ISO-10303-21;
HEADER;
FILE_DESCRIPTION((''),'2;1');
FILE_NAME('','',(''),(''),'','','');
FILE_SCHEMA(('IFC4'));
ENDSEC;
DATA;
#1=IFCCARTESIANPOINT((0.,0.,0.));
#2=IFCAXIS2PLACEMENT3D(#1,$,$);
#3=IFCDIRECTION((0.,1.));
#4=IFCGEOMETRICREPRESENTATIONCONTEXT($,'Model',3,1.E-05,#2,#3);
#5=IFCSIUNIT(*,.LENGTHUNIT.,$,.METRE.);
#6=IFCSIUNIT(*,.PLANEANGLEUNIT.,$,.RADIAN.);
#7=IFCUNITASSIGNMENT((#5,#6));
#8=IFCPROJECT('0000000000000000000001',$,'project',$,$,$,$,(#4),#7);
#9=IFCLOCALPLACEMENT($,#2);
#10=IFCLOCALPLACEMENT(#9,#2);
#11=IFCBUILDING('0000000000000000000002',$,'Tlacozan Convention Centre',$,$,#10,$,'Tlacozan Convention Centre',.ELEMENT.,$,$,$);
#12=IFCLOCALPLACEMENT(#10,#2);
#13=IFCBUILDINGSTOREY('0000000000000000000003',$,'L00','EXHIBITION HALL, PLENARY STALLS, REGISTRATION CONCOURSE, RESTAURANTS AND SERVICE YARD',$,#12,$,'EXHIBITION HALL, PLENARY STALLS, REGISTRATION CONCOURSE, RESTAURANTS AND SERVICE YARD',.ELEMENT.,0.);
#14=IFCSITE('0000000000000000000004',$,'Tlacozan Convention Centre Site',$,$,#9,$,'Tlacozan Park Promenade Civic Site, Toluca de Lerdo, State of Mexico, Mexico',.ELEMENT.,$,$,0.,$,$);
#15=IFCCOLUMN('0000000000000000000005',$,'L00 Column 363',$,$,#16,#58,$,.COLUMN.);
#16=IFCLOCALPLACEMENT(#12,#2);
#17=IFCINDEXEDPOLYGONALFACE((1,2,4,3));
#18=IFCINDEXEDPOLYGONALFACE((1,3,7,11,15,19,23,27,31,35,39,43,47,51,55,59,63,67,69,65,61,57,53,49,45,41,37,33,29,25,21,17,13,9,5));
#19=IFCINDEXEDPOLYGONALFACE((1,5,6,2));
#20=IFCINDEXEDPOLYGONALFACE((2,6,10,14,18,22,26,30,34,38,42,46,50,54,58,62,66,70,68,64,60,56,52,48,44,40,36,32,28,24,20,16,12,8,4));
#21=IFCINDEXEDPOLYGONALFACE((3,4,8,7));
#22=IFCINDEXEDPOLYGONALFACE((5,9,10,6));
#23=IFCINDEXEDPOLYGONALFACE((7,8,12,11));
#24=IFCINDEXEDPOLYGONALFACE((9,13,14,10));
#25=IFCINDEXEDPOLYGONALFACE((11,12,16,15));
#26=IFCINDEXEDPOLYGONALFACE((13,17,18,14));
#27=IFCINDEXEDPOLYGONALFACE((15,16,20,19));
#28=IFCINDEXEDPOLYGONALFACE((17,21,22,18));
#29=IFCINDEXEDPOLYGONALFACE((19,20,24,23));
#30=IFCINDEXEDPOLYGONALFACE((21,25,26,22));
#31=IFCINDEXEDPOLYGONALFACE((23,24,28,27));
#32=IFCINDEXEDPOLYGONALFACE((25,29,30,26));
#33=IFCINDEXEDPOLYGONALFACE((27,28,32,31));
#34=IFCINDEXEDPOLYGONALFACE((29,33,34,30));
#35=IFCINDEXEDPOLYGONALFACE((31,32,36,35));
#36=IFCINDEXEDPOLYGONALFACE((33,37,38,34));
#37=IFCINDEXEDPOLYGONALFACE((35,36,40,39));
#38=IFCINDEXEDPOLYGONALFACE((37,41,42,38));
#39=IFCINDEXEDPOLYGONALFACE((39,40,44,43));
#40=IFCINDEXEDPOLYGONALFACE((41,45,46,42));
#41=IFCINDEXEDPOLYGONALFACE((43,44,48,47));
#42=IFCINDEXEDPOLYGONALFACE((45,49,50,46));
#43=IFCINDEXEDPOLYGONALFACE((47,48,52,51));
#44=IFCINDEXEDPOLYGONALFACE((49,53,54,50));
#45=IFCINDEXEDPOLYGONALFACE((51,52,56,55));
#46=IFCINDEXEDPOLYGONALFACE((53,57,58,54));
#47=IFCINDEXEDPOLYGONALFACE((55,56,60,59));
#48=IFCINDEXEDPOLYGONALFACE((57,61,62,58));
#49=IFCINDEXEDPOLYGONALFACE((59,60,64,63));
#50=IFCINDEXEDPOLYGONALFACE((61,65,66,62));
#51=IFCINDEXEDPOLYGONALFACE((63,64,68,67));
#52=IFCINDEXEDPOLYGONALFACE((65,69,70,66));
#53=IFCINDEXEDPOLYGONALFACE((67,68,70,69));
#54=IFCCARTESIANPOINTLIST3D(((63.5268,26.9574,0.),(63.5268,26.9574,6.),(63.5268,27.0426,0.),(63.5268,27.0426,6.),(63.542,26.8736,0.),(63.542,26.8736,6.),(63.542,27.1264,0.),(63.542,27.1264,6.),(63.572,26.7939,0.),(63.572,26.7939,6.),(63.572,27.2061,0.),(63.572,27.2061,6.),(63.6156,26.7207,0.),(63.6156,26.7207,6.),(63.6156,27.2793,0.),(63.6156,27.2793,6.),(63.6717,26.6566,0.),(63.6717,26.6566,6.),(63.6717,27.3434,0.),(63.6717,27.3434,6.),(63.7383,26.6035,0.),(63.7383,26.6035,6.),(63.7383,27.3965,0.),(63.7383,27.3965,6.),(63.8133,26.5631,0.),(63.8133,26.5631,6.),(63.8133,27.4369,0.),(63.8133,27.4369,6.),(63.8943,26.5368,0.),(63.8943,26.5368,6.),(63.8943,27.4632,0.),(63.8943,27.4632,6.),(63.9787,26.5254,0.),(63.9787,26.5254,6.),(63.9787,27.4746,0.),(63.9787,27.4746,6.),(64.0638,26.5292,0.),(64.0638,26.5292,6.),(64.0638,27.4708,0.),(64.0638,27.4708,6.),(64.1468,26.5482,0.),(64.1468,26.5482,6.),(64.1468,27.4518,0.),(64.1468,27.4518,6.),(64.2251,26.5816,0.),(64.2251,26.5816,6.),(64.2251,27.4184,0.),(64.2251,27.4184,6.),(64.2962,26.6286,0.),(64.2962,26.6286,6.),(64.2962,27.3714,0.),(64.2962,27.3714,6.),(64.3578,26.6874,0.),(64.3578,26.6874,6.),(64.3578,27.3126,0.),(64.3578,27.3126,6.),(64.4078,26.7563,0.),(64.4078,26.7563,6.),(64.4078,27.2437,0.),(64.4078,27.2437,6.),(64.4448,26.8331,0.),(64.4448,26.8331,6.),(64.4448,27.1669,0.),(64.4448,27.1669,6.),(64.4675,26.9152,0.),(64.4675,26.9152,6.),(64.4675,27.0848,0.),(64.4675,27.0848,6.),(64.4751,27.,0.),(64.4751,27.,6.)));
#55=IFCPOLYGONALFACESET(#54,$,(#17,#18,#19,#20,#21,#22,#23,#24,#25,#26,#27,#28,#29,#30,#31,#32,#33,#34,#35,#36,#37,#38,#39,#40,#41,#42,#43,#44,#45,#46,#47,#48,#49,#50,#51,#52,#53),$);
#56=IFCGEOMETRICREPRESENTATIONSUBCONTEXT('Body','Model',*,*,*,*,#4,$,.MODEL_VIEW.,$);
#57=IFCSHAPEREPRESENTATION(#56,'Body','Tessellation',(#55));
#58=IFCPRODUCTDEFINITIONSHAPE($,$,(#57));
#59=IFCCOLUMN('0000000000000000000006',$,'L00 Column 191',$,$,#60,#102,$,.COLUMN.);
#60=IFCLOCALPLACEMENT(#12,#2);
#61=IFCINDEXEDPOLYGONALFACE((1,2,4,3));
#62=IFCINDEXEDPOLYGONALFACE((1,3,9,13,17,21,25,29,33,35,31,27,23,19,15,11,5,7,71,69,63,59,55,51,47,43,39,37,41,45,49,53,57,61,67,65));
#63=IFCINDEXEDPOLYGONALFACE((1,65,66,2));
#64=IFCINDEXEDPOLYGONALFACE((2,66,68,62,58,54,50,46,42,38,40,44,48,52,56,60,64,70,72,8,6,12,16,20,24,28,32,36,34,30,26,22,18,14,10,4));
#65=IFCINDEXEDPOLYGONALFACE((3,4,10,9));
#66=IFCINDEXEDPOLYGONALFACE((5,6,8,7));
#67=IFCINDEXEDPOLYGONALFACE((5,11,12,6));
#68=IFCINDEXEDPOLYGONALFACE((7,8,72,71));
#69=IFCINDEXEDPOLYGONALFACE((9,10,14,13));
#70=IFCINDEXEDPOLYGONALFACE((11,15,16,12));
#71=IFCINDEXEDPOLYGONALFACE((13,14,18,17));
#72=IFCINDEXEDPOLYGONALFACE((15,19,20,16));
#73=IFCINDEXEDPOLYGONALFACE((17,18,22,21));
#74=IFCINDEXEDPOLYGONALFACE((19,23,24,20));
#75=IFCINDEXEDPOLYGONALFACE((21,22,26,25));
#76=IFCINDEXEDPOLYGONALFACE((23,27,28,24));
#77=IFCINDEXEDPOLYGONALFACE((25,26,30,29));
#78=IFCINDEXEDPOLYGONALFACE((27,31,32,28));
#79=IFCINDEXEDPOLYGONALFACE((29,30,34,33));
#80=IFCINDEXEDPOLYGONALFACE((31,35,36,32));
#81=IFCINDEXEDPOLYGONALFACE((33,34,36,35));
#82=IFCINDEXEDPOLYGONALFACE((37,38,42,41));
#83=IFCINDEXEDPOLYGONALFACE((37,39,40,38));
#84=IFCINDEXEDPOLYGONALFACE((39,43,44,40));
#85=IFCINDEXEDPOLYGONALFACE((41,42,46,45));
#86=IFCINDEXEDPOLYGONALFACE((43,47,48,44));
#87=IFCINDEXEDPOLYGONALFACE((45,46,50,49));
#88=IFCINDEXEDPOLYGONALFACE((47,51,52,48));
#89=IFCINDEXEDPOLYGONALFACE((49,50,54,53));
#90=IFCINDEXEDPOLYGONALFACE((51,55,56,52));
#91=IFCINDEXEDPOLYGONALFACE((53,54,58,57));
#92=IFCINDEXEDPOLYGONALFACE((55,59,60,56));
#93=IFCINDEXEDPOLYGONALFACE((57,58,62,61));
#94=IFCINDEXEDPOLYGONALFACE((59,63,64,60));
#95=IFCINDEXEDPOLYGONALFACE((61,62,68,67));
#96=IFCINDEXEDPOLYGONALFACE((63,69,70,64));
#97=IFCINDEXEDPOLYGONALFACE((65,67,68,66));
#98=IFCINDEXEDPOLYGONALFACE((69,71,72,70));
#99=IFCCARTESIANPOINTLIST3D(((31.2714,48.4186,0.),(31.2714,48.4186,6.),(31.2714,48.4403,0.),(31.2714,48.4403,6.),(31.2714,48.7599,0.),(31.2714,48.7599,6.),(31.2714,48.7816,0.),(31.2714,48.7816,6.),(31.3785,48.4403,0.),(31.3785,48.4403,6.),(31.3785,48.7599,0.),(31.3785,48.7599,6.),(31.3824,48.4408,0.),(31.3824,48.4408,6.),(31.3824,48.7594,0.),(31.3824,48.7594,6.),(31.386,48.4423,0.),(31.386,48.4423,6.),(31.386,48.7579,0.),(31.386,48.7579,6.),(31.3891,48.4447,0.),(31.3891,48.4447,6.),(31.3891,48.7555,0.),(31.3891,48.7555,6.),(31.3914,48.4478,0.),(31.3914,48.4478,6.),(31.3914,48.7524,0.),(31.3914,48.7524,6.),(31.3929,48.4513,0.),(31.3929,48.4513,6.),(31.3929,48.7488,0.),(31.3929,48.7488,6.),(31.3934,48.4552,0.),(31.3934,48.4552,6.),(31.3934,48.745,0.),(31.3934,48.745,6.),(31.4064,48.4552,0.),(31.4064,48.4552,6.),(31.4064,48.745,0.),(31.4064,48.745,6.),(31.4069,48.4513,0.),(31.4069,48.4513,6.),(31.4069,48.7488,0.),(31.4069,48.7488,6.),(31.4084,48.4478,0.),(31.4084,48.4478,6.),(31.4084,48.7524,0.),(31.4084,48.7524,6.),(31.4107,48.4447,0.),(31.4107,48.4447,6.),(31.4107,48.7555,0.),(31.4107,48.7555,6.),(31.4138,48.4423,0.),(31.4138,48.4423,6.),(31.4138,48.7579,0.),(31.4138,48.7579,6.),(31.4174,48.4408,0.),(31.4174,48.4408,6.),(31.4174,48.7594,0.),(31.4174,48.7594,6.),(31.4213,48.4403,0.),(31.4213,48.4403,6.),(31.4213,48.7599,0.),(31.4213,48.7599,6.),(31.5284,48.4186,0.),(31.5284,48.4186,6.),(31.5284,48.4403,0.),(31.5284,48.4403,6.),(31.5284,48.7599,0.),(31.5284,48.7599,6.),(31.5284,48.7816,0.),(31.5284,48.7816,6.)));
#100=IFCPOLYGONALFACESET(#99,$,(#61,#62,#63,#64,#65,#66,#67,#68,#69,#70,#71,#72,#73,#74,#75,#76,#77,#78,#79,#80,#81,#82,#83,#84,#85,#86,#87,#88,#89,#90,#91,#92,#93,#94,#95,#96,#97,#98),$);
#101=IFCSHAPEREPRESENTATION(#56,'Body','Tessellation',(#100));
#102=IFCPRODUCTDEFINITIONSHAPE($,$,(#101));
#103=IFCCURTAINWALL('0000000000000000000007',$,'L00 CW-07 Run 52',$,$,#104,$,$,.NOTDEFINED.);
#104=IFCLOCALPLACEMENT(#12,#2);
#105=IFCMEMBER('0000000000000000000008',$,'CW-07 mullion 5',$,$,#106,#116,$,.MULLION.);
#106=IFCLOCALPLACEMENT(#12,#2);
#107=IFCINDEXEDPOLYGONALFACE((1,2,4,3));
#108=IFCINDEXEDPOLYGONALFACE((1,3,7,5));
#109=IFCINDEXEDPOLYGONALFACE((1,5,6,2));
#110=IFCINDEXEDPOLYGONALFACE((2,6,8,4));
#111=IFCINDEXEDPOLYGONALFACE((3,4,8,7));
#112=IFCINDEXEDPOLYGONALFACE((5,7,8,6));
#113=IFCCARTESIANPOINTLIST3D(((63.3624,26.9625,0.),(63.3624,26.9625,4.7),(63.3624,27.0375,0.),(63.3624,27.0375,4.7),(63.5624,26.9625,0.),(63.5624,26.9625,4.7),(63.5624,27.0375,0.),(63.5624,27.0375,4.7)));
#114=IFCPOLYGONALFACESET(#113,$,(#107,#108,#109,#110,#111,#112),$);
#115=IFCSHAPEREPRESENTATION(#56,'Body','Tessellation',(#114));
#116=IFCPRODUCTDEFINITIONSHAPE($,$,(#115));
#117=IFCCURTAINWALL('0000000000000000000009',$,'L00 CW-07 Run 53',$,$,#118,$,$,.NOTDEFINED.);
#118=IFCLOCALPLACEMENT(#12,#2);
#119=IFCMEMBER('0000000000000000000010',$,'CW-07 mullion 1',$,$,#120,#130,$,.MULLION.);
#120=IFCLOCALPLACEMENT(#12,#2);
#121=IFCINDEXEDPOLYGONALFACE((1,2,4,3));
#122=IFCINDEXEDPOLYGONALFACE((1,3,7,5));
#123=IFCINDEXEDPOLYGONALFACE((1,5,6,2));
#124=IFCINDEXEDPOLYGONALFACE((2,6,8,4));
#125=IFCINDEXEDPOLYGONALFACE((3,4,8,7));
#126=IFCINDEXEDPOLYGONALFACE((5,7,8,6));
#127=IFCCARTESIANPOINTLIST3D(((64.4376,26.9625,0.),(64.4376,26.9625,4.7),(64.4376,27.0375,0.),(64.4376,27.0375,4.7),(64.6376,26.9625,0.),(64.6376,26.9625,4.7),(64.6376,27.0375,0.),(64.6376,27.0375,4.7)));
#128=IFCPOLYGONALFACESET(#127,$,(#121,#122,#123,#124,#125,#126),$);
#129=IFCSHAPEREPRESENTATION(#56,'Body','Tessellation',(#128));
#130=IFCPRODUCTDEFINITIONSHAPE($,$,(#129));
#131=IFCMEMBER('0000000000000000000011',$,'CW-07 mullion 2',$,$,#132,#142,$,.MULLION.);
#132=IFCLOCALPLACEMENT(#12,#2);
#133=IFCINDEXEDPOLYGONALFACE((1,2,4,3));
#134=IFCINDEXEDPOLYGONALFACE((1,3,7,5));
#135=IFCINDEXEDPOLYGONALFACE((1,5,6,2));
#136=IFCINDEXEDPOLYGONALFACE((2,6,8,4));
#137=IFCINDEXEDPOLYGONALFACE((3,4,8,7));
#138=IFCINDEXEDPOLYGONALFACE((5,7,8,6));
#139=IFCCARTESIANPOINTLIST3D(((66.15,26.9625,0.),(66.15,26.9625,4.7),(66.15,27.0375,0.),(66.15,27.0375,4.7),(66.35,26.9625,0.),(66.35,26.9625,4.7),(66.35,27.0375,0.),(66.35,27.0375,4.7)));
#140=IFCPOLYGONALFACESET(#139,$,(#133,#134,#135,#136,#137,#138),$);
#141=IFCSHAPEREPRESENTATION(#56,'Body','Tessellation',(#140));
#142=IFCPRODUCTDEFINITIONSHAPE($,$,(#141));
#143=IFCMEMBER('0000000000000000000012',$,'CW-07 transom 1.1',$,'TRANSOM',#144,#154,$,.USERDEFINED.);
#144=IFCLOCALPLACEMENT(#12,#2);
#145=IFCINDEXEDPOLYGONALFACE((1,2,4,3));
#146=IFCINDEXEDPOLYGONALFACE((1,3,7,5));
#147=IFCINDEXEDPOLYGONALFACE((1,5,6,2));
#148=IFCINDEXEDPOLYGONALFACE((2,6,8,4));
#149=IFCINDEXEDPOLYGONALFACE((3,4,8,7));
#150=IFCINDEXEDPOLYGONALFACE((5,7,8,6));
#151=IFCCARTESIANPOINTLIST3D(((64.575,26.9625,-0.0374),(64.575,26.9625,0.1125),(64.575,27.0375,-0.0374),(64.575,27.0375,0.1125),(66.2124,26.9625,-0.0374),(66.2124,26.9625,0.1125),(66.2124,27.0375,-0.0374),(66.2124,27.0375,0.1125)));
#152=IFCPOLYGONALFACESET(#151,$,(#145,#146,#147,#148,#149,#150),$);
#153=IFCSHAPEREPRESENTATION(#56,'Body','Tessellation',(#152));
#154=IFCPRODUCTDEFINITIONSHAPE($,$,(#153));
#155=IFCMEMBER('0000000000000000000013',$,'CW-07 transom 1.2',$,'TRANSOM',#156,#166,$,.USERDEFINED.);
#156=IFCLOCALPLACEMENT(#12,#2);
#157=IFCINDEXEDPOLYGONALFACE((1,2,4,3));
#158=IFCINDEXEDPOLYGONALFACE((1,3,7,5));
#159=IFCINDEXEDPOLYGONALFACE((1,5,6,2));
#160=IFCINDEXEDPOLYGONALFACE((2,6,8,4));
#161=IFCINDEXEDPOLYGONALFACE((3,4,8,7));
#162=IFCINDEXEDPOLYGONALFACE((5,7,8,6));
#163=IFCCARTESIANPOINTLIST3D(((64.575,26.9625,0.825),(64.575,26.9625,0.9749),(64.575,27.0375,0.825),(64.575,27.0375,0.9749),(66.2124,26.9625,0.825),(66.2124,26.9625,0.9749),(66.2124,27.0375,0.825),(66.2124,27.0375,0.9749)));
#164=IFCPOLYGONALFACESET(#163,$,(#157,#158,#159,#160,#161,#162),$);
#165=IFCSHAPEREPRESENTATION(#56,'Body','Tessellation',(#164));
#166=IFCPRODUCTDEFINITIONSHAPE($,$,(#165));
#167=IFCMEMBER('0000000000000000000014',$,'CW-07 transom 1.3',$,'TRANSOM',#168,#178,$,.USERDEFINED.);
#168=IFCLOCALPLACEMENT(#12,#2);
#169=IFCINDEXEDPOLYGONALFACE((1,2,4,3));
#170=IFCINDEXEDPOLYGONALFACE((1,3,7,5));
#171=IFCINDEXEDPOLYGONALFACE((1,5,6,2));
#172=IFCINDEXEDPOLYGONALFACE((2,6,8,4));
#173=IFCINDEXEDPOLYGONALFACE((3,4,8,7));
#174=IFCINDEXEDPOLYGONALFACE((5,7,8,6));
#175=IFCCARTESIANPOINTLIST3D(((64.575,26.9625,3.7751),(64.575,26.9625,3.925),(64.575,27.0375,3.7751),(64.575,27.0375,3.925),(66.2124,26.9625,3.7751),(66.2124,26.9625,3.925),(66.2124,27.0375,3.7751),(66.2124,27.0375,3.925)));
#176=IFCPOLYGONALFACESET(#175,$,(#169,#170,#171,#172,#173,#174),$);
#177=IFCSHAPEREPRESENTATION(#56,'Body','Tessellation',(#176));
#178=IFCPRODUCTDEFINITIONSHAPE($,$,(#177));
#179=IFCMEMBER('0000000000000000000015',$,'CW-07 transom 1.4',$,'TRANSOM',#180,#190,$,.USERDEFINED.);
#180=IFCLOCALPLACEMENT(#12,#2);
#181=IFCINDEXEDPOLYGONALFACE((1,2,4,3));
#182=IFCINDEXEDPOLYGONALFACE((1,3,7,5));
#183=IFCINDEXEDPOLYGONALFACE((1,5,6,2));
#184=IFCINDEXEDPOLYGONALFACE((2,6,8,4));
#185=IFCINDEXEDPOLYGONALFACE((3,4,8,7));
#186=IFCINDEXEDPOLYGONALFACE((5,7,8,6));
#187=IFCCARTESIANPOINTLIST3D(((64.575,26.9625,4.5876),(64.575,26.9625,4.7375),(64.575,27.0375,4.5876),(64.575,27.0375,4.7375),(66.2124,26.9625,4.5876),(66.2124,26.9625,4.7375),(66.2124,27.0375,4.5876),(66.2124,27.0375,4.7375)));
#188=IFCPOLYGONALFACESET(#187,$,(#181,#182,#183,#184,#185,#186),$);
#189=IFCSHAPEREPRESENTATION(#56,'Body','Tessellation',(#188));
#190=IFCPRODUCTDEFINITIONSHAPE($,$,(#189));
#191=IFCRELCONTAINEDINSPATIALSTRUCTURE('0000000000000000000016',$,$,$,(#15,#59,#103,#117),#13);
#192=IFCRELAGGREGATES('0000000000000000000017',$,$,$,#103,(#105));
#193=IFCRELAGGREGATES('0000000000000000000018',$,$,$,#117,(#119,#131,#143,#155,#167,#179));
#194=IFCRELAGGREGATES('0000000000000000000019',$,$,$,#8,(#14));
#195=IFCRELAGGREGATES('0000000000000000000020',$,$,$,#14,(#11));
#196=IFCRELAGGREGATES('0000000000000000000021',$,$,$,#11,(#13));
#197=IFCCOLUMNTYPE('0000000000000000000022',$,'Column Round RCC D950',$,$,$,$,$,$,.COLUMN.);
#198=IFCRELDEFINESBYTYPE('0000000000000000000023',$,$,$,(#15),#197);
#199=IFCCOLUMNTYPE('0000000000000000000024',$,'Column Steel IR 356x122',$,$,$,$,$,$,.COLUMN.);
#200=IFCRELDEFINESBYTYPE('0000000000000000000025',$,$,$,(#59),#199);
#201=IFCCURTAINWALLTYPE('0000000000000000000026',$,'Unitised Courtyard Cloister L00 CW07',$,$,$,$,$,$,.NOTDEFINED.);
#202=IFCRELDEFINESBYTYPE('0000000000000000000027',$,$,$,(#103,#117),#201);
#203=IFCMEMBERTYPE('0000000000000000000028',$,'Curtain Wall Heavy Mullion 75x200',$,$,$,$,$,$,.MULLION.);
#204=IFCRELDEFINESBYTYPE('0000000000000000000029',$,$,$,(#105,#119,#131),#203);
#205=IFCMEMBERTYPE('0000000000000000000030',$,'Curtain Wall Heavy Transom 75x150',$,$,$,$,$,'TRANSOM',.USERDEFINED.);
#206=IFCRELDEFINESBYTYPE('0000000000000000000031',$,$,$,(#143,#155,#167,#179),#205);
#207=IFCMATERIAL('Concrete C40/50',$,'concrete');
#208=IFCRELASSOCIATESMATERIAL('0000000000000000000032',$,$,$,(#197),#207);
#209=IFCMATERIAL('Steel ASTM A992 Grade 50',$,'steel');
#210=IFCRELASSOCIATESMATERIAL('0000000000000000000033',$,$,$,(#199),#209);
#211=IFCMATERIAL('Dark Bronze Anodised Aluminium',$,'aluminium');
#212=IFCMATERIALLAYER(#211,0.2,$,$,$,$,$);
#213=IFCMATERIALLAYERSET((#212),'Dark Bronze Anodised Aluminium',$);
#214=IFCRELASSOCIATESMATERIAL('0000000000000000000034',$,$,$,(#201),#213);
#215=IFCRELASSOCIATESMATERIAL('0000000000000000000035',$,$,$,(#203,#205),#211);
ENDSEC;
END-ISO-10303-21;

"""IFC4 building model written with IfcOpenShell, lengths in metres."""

from ifc_helpers import new_model, si_unit, direction, frame, origin, origin_2d, place, context, subcontext, project, spatial, rectangle, circle, i_section, extrude, material, layer, layer_set, material_profile, profile_set, type_object, element, aggregate, save


model = new_model("IFC4")

# Units and contexts
model_context = context("Model", 3, precision=1e-05, world=origin(), true_north=direction((0.0, 1.0)))
body_context = subcontext(model_context, "Body", "Model", "MODEL_VIEW")
ifc_project = project(units=[si_unit("LENGTHUNIT", "METRE"), si_unit("PLANEANGLEUNIT", "RADIAN")], contexts=[model_context])

# Site, building, storey
site_placement = place(None, origin())
site = spatial("IfcSite", under=ifc_project, at=site_placement, Name="Tlacozan Convention Centre Site", LongName="Tlacozan Park Promenade Civic Site, Toluca de Lerdo, State of Mexico, Mexico", CompositionType="ELEMENT", RefElevation=0.0)
building_placement = place(site_placement, origin())
building = spatial("IfcBuilding", under=site, at=building_placement, Name="Tlacozan Convention Centre", LongName="Tlacozan Convention Centre", CompositionType="ELEMENT")
storey_placement = place(building_placement, origin())
storey = spatial("IfcBuildingStorey", under=building, at=storey_placement, Name="L00", Description="EXHIBITION HALL, PLENARY STALLS, REGISTRATION CONCOURSE, RESTAURANTS AND SERVICE YARD", LongName="EXHIBITION HALL, PLENARY STALLS, REGISTRATION CONCOURSE, RESTAURANTS AND SERVICE YARD", CompositionType="ELEMENT", Elevation=0.0)

# Columns
ifc_material_1 = material(Name="Concrete C40/50", Category="concrete")
ifc_material_profile_1 = material_profile(ifc_material_1, circle(Radius=0.4751, at=origin_2d()), Name="RCC D950")
ifc_profile_set_1 = profile_set([ifc_material_profile_1], Name="Concrete C40/50")
column_type_1 = type_object("IfcColumnType", Name="Column Round RCC D950", PredefinedType="COLUMN", material=ifc_profile_set_1)
column_1_placement = place(storey_placement, frame((64.0, 27.0, 0.0), z_axis=(0.0, 0.0, 1.0), x_axis=(1.0, 0.0, 0.0)))
element("IfcColumn", 1, at=column_1_placement, inside=storey, type_object=column_type_1, Name="L00 Column 363", PredefinedType="COLUMN", context=body_context, shape_type="SweptSolid", body=[
    extrude(circle(Radius=0.4751, at=origin_2d()), origin(), (0.0, 0.0, 1.0), 6.0),
])
ifc_material_2 = material(Name="Steel ASTM A992 Grade 50", Category="steel")
ifc_material_profile_2 = material_profile(ifc_material_2, i_section(OverallWidth=0.2571, OverallDepth=0.363, WebThickness=0.0129, FlangeThickness=0.0217, FilletRadius=0.0149, at=origin_2d()), Name="IR 356x122.0")
ifc_profile_set_2 = profile_set([ifc_material_profile_2], Name="Steel ASTM A992 Grade 50")
column_type_2 = type_object("IfcColumnType", Name="Column Steel IR 356x122", PredefinedType="COLUMN", material=ifc_profile_set_2)
column_2_placement = place(storey_placement, frame((31.3999, 48.6001, 0.0), z_axis=(0.0, 0.0, 1.0), x_axis=(1.0, 0.0, 0.0)))
element("IfcColumn", 2, at=column_2_placement, inside=storey, type_object=column_type_2, Name="L00 Column 191", PredefinedType="COLUMN", context=body_context, shape_type="SweptSolid", body=[
    extrude(i_section(OverallWidth=0.2571, OverallDepth=0.363, WebThickness=0.0129, FlangeThickness=0.0217, FilletRadius=0.0149, at=origin_2d()), origin(), (0.0, 0.0, 1.0), 6.0),
])

# Curtain wall, member
ifc_material_3 = material(Name="Dark Bronze Anodised Aluminium", Category="aluminium")
ifc_layer_1 = layer(ifc_material_3, 0.2)
ifc_layer_set_1 = layer_set([ifc_layer_1], Name="Dark Bronze Anodised Aluminium")
curtain_wall_type = type_object("IfcCurtainWallType", Name="Unitised Courtyard Cloister L00 CW07", PredefinedType="NOTDEFINED", material=ifc_layer_set_1)
curtain_wall_1_placement = place(storey_placement, origin())
curtain_wall_1 = element("IfcCurtainWall", 3, at=curtain_wall_1_placement, inside=storey, type_object=curtain_wall_type, Name="L00 CW-07 Run 52", PredefinedType="NOTDEFINED")
ifc_material_profile_3 = material_profile(ifc_material_3, rectangle(XDim=0.075, YDim=0.2, at=origin_2d()), Name="ALU 75x200")
ifc_profile_set_3 = profile_set([ifc_material_profile_3], Name="Dark Bronze Anodised Aluminium")
member_type_1 = type_object("IfcMemberType", Name="Curtain Wall Heavy Mullion 75x200", PredefinedType="MULLION", material=ifc_profile_set_3)
member_1_placement = place(storey_placement, frame((63.4624, 27.0, 0.0), z_axis=(0.0, 0.0, 1.0), x_axis=(0.0, 1.0, 0.0)))
member_1 = element("IfcMember", 4, at=member_1_placement, type_object=member_type_1, Name="CW-07 mullion 5", PredefinedType="MULLION", context=body_context, shape_type="SweptSolid", body=[
    extrude(rectangle(XDim=0.075, YDim=0.2, at=origin_2d()), origin(), (0.0, 0.0, 1.0), 4.7),
])

# Curtain wall, members
curtain_wall_2_placement = place(storey_placement, origin())
curtain_wall_2 = element("IfcCurtainWall", 5, at=curtain_wall_2_placement, inside=storey, type_object=curtain_wall_type, Name="L00 CW-07 Run 53", PredefinedType="NOTDEFINED")
member_2_placement = place(storey_placement, frame((64.5376, 27.0, 0.0), z_axis=(0.0, 0.0, 1.0), x_axis=(0.0, 1.0, 0.0)))
member_2 = element("IfcMember", 6, at=member_2_placement, type_object=member_type_1, Name="CW-07 mullion 1", PredefinedType="MULLION", context=body_context, shape_type="SweptSolid", body=[
    extrude(rectangle(XDim=0.075, YDim=0.2, at=origin_2d()), origin(), (0.0, 0.0, 1.0), 4.7),
])
member_3_placement = place(storey_placement, frame((66.25, 27.0, 0.0), z_axis=(0.0, 0.0, 1.0), x_axis=(0.0, 1.0, 0.0)))
member_3 = element("IfcMember", 7, at=member_3_placement, type_object=member_type_1, Name="CW-07 mullion 2", PredefinedType="MULLION", context=body_context, shape_type="SweptSolid", body=[
    extrude(rectangle(XDim=0.075, YDim=0.2, at=origin_2d()), origin(), (0.0, 0.0, 1.0), 4.7),
])
ifc_material_profile_4 = material_profile(ifc_material_3, rectangle(XDim=0.075, YDim=0.1499, at=origin_2d()), Name="ALU 75x150")
ifc_profile_set_4 = profile_set([ifc_material_profile_4], Name="Dark Bronze Anodised Aluminium")
member_type_2 = type_object("IfcMemberType", Name="Curtain Wall Heavy Transom 75x150", ElementType="TRANSOM", PredefinedType="USERDEFINED", material=ifc_profile_set_4)
member_4_placement = place(storey_placement, frame((64.575, 27.0, 0.0376), z_axis=(1.0, 0.0, 0.0), x_axis=(0.0, 1.0, 0.0)))
member_4 = element("IfcMember", 8, at=member_4_placement, type_object=member_type_2, Name="CW-07 transom 1.1", ObjectType="TRANSOM", PredefinedType="USERDEFINED", context=body_context, shape_type="SweptSolid", body=[
    extrude(rectangle(XDim=0.075, YDim=0.1499, at=origin_2d()), origin(), (0.0, 0.0, 1.0), 1.6375),
])
member_5_placement = place(storey_placement, frame((64.575, 27.0, 0.8999), z_axis=(1.0, 0.0, 0.0), x_axis=(0.0, 1.0, 0.0)))
member_5 = element("IfcMember", 9, at=member_5_placement, type_object=member_type_2, Name="CW-07 transom 1.2", ObjectType="TRANSOM", PredefinedType="USERDEFINED", context=body_context, shape_type="SweptSolid", body=[
    extrude(rectangle(XDim=0.075, YDim=0.1499, at=origin_2d()), origin(), (0.0, 0.0, 1.0), 1.6375),
])
member_6_placement = place(storey_placement, frame((64.575, 27.0, 3.8501), z_axis=(1.0, 0.0, 0.0), x_axis=(0.0, 1.0, 0.0)))
member_6 = element("IfcMember", 10, at=member_6_placement, type_object=member_type_2, Name="CW-07 transom 1.3", ObjectType="TRANSOM", PredefinedType="USERDEFINED", context=body_context, shape_type="SweptSolid", body=[
    extrude(rectangle(XDim=0.075, YDim=0.1499, at=origin_2d()), origin(), (0.0, 0.0, 1.0), 1.6375),
])
member_7_placement = place(storey_placement, frame((64.575, 27.0, 4.6626), z_axis=(1.0, 0.0, 0.0), x_axis=(0.0, 1.0, 0.0)))
member_7 = element("IfcMember", 11, at=member_7_placement, type_object=member_type_2, Name="CW-07 transom 1.4", ObjectType="TRANSOM", PredefinedType="USERDEFINED", context=body_context, shape_type="SweptSolid", body=[
    extrude(rectangle(XDim=0.075, YDim=0.1499, at=origin_2d()), origin(), (0.0, 0.0, 1.0), 1.6375),
])

aggregate(curtain_wall_1, [member_1])
aggregate(curtain_wall_2, [member_2, member_3, member_4, member_5, member_6, member_7])

save(model, "model.ifc")
